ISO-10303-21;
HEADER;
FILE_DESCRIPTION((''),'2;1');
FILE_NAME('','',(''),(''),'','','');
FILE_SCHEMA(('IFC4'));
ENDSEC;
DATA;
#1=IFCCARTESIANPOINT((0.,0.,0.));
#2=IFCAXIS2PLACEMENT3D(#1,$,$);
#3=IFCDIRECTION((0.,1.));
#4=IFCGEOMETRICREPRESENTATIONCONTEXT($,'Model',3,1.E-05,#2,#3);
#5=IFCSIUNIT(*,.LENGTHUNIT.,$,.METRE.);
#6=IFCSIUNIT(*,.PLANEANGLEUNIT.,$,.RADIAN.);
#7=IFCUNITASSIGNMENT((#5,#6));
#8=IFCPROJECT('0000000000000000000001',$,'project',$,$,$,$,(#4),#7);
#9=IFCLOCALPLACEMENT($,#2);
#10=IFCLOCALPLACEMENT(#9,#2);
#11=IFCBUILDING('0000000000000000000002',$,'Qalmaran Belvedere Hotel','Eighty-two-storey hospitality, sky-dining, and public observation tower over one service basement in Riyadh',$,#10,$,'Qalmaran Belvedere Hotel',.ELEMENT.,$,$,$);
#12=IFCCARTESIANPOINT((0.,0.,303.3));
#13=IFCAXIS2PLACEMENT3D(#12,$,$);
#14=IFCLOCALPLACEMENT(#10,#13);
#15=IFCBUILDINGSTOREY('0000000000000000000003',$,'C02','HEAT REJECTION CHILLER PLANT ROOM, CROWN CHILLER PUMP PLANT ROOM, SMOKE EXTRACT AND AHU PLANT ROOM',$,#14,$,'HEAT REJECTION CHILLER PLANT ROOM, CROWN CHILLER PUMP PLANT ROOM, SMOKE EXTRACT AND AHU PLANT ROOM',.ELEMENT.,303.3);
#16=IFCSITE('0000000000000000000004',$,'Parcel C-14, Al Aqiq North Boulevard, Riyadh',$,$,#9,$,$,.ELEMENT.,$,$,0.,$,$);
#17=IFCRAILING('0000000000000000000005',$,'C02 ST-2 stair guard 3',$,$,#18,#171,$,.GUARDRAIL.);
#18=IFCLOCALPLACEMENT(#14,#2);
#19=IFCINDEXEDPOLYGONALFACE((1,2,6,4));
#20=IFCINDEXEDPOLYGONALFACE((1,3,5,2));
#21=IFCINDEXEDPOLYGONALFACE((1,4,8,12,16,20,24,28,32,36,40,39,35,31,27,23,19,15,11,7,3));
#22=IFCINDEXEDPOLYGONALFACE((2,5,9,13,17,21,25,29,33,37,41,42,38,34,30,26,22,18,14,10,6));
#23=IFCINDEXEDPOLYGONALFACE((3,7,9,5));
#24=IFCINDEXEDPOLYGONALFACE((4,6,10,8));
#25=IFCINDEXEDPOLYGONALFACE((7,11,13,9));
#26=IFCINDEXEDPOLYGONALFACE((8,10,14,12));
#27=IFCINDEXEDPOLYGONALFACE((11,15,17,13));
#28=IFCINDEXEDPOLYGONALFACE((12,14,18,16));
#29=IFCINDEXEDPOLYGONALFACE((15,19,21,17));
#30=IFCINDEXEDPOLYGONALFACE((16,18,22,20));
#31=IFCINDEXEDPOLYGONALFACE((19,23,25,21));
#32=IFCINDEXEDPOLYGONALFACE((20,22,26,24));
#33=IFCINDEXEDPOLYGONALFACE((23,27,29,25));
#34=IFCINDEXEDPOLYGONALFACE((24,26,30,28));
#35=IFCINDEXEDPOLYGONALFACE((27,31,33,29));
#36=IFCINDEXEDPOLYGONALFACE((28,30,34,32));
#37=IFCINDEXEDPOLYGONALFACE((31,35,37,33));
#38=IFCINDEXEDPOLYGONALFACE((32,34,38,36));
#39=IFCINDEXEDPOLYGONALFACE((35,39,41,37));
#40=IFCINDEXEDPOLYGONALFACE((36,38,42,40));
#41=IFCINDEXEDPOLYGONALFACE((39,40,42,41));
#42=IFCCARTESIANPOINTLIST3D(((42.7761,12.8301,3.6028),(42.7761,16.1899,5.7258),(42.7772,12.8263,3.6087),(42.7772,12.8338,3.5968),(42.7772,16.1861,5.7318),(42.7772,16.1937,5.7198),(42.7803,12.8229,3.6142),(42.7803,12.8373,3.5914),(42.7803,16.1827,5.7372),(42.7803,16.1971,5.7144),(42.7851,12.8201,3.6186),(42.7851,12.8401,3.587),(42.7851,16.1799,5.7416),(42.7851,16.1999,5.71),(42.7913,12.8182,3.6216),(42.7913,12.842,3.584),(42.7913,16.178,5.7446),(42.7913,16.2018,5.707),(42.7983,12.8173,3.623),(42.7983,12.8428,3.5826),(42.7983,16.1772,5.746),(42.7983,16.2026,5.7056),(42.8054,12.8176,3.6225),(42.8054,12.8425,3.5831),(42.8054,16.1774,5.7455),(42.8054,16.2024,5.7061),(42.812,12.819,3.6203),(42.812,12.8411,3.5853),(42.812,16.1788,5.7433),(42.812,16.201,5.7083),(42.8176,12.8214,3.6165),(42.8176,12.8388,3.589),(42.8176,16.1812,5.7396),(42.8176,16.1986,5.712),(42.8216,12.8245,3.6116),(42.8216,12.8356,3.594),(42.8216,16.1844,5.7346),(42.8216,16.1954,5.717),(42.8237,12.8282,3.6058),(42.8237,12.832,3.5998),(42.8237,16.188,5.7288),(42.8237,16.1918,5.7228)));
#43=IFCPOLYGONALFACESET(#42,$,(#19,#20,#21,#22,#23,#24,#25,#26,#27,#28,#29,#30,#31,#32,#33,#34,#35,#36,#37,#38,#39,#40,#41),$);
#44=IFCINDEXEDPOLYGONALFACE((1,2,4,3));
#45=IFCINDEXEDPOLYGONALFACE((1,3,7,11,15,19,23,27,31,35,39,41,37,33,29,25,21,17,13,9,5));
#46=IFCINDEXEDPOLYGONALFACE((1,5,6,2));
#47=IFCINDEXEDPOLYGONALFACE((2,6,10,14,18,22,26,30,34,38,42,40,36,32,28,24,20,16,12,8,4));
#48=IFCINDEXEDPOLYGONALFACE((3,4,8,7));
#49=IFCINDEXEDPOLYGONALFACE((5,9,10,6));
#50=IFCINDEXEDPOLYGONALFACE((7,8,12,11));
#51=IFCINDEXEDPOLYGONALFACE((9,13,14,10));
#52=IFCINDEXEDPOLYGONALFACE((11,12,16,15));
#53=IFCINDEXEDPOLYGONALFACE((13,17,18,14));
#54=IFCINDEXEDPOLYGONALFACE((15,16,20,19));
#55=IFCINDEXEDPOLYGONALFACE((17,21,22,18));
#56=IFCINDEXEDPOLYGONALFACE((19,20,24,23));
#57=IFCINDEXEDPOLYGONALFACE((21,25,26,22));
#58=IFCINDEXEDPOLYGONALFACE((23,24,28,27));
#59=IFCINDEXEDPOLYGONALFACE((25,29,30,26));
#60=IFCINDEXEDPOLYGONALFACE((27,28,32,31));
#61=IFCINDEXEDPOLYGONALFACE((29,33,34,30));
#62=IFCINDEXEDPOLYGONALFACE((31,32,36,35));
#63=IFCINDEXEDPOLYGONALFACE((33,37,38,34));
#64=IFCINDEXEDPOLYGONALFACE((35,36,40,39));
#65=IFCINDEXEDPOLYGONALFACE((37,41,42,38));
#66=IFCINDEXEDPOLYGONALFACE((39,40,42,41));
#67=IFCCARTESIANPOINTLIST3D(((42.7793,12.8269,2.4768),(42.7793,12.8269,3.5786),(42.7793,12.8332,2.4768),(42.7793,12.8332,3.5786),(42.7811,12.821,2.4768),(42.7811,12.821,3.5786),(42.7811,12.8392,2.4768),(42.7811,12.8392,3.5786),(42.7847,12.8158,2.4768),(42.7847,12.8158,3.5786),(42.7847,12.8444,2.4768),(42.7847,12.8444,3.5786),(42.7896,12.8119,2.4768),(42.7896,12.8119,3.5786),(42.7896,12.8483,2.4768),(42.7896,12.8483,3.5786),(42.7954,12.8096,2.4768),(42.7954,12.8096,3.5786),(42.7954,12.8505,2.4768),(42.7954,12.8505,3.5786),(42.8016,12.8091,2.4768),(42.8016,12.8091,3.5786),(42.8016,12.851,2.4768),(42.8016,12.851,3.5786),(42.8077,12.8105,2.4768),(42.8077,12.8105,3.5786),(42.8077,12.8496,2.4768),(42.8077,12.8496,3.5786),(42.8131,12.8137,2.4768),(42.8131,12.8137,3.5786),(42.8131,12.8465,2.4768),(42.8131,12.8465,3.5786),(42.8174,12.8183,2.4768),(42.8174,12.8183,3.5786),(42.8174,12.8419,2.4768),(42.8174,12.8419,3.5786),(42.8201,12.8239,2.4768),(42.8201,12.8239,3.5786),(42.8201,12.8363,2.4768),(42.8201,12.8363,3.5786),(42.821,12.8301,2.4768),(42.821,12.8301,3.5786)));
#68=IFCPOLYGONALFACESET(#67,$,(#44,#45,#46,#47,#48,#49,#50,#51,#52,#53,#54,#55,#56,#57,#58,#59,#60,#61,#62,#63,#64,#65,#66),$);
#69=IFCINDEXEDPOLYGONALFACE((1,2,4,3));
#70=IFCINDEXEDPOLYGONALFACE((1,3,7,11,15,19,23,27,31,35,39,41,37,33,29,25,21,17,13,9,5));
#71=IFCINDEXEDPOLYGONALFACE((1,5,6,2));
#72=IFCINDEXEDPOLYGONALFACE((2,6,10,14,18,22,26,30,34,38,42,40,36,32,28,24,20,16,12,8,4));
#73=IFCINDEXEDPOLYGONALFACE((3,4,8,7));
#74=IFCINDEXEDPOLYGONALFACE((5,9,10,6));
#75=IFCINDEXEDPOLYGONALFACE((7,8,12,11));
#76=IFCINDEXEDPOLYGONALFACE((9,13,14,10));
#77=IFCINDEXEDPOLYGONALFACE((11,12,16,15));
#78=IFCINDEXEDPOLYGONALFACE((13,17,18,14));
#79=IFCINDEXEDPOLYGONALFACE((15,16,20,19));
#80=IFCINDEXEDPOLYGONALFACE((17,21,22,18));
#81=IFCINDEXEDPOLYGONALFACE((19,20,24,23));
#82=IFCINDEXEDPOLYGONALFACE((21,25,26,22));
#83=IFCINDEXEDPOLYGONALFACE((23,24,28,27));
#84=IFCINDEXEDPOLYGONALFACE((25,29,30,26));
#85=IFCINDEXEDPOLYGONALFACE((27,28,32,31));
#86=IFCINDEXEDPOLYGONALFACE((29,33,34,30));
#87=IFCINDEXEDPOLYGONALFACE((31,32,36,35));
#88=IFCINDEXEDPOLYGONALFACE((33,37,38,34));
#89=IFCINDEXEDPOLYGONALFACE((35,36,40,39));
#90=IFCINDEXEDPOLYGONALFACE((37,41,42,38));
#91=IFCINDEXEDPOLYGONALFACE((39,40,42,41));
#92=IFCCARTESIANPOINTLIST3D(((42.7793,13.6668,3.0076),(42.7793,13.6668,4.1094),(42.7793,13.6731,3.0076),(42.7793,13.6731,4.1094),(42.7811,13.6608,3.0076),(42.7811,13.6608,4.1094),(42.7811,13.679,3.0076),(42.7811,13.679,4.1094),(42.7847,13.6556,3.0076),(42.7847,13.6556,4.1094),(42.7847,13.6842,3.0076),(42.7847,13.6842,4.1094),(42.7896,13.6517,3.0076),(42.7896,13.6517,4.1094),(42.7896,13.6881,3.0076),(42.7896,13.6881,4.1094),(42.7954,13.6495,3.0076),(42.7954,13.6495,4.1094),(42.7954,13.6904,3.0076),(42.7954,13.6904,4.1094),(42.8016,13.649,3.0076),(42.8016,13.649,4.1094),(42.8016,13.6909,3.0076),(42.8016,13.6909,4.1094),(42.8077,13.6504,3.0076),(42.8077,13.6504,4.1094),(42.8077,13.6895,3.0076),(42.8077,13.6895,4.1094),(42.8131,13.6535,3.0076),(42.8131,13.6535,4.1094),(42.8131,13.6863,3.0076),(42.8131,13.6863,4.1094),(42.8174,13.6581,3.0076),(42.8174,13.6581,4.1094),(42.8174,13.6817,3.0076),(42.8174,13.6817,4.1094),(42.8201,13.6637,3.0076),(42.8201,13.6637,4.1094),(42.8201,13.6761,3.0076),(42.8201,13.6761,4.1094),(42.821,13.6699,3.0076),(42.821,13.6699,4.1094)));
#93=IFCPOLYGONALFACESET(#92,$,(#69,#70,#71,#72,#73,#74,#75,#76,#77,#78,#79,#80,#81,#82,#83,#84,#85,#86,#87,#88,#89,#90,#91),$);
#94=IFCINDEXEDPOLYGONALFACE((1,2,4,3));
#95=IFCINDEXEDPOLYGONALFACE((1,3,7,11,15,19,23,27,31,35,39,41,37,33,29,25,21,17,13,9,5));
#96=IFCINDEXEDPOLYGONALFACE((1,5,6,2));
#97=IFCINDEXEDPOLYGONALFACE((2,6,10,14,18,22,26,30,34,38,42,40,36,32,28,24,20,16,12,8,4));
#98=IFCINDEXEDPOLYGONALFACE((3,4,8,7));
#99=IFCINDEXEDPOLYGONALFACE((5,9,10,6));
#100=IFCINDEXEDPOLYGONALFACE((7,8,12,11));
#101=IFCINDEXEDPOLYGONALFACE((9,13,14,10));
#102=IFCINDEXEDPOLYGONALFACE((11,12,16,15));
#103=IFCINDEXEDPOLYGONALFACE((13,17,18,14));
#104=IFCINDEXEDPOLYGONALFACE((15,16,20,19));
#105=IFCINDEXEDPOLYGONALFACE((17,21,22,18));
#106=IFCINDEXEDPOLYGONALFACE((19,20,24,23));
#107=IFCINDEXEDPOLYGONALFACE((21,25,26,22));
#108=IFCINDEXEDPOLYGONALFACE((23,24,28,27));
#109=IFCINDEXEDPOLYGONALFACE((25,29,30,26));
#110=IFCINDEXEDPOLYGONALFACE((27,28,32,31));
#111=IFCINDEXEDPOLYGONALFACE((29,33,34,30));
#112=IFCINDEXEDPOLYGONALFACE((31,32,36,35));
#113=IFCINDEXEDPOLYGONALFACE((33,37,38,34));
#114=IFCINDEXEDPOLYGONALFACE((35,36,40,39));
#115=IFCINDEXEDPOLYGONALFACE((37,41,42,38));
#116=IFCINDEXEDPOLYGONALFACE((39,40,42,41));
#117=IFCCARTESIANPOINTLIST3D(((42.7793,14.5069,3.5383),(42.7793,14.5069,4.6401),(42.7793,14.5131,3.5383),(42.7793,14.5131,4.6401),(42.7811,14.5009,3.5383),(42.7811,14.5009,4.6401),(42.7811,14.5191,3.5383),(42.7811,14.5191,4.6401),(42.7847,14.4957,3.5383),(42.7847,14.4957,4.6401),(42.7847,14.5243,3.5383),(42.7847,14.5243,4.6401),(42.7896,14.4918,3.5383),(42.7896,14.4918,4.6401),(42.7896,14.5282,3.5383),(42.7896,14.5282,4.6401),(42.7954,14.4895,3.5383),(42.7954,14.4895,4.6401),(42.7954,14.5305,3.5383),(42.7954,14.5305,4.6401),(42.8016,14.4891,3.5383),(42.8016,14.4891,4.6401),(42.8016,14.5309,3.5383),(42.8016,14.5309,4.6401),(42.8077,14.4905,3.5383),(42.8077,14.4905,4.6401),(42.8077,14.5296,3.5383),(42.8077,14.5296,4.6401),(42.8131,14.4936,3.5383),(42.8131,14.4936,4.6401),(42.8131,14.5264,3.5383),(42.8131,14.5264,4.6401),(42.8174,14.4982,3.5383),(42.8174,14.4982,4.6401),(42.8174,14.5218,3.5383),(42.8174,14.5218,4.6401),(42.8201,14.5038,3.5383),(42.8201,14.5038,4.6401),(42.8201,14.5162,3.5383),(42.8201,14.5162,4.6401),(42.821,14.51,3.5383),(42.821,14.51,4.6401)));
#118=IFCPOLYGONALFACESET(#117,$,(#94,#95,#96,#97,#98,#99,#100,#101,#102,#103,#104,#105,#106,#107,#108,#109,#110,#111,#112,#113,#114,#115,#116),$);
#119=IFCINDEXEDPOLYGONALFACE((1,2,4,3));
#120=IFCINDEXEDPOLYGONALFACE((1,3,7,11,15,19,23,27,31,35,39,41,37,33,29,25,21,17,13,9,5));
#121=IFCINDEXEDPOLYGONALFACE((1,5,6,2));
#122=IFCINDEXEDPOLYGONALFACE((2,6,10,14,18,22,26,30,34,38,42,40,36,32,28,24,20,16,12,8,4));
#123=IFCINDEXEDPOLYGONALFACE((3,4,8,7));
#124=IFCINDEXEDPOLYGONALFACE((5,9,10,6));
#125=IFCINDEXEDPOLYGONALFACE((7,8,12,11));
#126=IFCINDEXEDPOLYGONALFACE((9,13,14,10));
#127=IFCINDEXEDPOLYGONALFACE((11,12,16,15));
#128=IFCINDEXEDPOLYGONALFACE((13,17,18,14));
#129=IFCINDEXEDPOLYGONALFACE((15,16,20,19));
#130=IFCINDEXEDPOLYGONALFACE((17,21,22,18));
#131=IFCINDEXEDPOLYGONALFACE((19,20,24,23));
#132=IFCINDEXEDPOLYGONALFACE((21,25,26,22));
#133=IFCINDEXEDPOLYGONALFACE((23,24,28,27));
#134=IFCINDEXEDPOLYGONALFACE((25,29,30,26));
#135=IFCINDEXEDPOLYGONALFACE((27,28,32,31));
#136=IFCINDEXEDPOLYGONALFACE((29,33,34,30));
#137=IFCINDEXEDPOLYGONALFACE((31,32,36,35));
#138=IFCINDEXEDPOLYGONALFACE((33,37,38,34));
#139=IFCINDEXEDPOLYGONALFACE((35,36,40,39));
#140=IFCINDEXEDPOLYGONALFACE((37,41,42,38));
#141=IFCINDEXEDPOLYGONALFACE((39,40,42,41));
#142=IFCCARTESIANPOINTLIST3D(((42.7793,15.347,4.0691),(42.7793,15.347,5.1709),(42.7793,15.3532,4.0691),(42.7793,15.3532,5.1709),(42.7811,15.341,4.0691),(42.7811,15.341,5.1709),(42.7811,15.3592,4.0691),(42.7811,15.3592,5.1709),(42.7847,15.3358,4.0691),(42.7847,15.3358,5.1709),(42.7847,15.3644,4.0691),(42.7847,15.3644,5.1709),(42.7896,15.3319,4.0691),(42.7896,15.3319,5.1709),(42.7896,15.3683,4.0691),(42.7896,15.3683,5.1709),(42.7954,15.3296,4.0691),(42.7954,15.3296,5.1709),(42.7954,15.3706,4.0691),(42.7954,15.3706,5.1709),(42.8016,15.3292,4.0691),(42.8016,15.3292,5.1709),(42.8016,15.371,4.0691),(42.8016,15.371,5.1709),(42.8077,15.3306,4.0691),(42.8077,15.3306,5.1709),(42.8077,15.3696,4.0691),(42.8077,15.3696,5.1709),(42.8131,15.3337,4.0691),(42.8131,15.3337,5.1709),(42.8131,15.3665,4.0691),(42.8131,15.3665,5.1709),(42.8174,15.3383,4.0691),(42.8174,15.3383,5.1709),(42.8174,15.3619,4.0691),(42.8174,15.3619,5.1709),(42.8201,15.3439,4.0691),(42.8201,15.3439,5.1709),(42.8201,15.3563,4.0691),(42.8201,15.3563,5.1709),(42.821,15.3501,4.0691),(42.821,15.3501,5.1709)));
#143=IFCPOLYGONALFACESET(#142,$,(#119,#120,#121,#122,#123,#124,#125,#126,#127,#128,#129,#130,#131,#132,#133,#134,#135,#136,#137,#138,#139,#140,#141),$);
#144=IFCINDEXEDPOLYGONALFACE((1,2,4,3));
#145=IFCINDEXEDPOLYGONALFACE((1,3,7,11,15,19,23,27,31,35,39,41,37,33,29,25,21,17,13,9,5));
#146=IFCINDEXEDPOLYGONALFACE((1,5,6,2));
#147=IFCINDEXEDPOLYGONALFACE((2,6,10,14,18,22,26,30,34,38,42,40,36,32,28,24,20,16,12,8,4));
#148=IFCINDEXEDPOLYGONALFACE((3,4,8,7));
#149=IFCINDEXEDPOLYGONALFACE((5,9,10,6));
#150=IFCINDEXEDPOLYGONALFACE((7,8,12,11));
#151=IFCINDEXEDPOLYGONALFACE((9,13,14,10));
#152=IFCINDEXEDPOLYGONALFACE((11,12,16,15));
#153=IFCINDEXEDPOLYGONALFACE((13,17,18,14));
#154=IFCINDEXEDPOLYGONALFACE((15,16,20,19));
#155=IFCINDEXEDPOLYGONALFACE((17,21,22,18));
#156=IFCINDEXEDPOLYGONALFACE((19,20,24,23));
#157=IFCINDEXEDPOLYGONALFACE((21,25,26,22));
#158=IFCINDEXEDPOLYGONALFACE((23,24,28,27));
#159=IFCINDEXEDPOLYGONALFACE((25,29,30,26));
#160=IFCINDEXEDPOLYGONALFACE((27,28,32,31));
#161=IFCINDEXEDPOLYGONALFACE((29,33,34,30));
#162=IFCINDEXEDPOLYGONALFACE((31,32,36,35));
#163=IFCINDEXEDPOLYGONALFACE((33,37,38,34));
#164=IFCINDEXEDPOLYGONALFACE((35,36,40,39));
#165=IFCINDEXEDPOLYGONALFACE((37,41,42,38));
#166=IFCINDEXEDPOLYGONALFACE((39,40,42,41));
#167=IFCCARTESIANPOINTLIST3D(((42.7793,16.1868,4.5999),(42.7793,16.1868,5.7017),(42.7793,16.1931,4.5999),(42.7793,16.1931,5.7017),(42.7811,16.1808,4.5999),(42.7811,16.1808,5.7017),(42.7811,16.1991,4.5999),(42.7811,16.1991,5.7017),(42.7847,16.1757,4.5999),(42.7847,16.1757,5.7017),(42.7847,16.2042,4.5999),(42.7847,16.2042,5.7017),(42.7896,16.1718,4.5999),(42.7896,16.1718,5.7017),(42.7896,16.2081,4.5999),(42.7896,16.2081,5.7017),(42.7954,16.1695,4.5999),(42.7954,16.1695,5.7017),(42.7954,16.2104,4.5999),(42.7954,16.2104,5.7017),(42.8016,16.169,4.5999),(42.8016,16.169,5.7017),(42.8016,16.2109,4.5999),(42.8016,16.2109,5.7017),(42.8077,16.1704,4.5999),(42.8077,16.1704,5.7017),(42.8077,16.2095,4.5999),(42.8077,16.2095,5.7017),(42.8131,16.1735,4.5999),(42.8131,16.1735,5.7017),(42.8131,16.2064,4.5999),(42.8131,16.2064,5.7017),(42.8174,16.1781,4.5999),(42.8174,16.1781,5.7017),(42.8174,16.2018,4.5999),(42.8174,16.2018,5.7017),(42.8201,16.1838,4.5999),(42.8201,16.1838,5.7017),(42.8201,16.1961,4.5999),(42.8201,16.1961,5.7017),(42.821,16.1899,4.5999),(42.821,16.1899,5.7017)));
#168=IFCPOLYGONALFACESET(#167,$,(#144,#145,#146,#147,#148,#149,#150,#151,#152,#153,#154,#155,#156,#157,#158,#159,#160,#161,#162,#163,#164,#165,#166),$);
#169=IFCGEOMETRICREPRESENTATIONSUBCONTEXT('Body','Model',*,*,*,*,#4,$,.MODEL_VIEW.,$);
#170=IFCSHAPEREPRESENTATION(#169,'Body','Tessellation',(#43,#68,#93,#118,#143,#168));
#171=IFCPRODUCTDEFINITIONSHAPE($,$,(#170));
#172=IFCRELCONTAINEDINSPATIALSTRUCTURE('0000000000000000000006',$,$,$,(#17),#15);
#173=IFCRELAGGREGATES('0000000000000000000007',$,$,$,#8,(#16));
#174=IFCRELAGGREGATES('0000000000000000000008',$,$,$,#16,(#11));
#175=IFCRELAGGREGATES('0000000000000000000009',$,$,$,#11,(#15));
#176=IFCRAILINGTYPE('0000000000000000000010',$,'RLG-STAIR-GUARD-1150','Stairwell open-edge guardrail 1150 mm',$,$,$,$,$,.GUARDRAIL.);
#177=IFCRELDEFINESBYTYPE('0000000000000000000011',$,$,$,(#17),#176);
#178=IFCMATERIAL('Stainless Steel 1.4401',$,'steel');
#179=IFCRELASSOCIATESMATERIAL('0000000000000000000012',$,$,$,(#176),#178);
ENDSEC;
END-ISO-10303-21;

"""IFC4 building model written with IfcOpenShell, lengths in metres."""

from ifc_helpers import new_model, si_unit, direction, frame, origin, origin_2d, place, context, subcontext, project, spatial, circle, extrude, material, type_object, element, save


model = new_model("IFC4")

# Units and contexts
model_context = context("Model", 3, precision=1e-05, world=origin(), true_north=direction((0.0, 1.0)))
body_context = subcontext(model_context, "Body", "Model", "MODEL_VIEW")
ifc_project = project(units=[si_unit("LENGTHUNIT", "METRE"), si_unit("PLANEANGLEUNIT", "RADIAN")], contexts=[model_context])

# Site, building, storey
site_placement = place(None, origin())
site = spatial("IfcSite", under=ifc_project, at=site_placement, Name="Parcel C-14, Al Aqiq North Boulevard, Riyadh", CompositionType="ELEMENT", RefElevation=0.0)
building_placement = place(site_placement, origin())
building = spatial("IfcBuilding", under=site, at=building_placement, Name="Qalmaran Belvedere Hotel", Description="Eighty-two-storey hospitality, sky-dining, and public observation tower over one service basement in Riyadh", LongName="Qalmaran Belvedere Hotel", CompositionType="ELEMENT")
storey_placement = place(building_placement, frame((0.0, 0.0, 303.3)))
storey = spatial("IfcBuildingStorey", under=building, at=storey_placement, Name="C02", Description="HEAT REJECTION CHILLER PLANT ROOM, CROWN CHILLER PUMP PLANT ROOM, SMOKE EXTRACT AND AHU PLANT ROOM", LongName="HEAT REJECTION CHILLER PLANT ROOM, CROWN CHILLER PUMP PLANT ROOM, SMOKE EXTRACT AND AHU PLANT ROOM", CompositionType="ELEMENT", Elevation=303.3)

# Railing
ifc_material_1 = material(Name="Stainless Steel 1.4401", Category="steel")
railing_type_1 = type_object("IfcRailingType", Name="RLG-STAIR-GUARD-1150", Description="Stairwell open-edge guardrail 1150 mm", PredefinedType="GUARDRAIL", material=ifc_material_1)
railing_1_placement = place(storey_placement, frame((42.8, 12.8301, 2.4768)))
element("IfcRailing", 1, at=railing_1_placement, inside=storey, type_object=railing_type_1, Name="C02 ST-2 stair guard 3", PredefinedType="GUARDRAIL", context=body_context, shape_type="SweptSolid", body=[
    extrude(circle(Radius=0.0239, at=origin_2d()), frame((0.0, 0.0, 1.126), z_axis=(0.0, 0.845372, 0.534178), x_axis=(-1.0, 0.0, 0.0)), (0.0, 0.0, 1.0), 3.9744),
    extrude(circle(Radius=0.021, at=origin_2d()), origin(), (0.0, 0.0, 1.0), 1.1018),
    extrude(circle(Radius=0.021, at=origin_2d()), frame((0.0, 0.8398, 0.5308)), (0.0, 0.0, 1.0), 1.1018),
    extrude(circle(Radius=0.021, at=origin_2d()), frame((0.0, 1.6799, 1.0615)), (0.0, 0.0, 1.0), 1.1018),
    extrude(circle(Radius=0.021, at=origin_2d()), frame((0.0, 2.52, 1.5923)), (0.0, 0.0, 1.0), 1.1018),
    extrude(circle(Radius=0.021, at=origin_2d()), frame((0.0, 3.3599, 2.123)), (0.0, 0.0, 1.0), 1.1018),
])

save(model, "model.ifc")
